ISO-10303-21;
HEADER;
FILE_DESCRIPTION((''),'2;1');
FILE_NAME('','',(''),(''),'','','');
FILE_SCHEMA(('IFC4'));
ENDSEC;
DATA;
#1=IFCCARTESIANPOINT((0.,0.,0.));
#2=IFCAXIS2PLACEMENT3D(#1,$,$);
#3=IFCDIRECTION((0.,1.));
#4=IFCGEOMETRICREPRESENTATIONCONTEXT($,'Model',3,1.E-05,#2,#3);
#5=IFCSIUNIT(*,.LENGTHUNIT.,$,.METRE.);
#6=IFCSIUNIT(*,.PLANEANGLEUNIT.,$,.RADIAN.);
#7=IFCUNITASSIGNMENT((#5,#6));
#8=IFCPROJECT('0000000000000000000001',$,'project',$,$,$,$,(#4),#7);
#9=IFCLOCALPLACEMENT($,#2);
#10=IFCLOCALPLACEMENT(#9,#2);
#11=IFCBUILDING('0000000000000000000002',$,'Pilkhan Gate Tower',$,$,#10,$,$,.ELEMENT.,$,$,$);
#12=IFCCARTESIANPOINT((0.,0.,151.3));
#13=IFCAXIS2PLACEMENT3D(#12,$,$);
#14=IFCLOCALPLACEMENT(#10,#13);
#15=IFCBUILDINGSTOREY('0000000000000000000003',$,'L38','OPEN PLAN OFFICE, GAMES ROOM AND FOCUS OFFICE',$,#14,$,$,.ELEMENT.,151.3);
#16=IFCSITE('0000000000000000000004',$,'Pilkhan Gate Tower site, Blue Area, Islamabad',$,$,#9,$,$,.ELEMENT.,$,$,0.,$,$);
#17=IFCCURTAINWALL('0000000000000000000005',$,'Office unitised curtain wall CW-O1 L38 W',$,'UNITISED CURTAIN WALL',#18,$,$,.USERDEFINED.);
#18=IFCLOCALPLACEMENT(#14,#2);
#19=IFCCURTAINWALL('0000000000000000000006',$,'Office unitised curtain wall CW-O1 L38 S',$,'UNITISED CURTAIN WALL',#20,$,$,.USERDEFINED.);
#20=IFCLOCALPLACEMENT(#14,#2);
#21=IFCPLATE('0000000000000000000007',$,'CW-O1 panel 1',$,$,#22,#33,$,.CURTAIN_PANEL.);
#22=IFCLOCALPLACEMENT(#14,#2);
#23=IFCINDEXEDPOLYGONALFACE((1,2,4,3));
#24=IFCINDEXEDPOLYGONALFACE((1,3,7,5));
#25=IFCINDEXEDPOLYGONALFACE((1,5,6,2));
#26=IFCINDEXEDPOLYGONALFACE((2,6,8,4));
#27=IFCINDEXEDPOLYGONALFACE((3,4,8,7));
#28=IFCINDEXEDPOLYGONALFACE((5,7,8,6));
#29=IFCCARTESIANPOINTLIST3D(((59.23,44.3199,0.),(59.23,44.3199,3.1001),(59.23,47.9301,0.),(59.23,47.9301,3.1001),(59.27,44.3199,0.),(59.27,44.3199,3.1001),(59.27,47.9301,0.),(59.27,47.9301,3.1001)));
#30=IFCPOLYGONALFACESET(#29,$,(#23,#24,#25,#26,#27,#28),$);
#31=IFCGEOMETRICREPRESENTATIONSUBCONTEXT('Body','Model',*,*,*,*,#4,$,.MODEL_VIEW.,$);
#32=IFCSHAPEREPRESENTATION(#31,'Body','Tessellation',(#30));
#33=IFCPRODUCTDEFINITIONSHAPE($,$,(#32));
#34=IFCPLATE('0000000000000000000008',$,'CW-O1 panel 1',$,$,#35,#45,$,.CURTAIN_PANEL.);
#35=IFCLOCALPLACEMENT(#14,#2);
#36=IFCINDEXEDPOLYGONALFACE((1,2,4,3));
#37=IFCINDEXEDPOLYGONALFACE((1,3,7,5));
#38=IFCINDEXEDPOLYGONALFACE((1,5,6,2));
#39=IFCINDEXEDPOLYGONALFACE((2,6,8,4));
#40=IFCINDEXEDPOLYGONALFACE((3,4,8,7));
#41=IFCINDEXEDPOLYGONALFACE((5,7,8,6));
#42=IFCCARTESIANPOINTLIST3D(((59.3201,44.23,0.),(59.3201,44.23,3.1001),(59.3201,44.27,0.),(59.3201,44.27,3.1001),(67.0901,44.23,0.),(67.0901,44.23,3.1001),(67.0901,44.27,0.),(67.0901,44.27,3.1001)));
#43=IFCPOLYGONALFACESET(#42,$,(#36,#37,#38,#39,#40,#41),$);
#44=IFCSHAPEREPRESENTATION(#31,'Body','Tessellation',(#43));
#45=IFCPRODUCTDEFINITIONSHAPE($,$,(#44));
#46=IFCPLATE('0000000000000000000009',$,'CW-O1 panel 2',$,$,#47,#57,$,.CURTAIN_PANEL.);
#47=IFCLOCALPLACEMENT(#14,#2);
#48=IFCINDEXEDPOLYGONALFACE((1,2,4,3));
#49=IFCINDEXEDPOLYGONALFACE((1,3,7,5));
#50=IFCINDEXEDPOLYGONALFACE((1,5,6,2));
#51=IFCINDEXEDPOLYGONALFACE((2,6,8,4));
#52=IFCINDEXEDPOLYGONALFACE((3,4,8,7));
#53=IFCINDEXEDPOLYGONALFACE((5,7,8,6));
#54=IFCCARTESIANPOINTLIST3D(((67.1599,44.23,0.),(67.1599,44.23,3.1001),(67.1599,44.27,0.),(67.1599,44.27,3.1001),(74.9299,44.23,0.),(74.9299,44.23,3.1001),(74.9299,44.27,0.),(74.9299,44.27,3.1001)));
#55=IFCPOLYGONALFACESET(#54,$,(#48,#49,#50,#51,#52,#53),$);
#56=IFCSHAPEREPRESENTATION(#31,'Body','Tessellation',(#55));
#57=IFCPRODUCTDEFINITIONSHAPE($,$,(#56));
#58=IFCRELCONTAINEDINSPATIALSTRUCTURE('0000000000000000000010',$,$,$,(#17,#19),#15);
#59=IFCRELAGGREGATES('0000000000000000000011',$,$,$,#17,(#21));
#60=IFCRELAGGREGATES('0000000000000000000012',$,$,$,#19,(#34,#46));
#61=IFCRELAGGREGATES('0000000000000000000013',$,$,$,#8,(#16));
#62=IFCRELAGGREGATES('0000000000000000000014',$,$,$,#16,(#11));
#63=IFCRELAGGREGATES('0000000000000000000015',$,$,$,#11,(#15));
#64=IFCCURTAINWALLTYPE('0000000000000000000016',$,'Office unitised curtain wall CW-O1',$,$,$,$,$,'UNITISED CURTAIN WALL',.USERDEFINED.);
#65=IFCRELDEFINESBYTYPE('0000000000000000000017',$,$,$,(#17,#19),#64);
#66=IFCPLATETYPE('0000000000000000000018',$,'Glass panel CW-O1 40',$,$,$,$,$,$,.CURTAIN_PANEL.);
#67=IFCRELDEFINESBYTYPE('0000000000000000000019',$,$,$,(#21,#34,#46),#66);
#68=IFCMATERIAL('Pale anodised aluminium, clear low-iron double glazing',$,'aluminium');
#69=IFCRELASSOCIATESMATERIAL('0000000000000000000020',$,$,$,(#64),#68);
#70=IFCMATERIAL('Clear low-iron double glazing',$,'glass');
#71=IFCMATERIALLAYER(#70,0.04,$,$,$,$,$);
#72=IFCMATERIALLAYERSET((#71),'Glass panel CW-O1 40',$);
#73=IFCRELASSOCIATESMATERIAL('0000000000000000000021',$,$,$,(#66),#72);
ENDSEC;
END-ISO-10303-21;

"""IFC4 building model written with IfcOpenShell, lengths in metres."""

from ifc_helpers import new_model, si_unit, direction, frame, origin, origin_2d, place, context, subcontext, project, spatial, rectangle, extrude, material, layer, layer_set, type_object, element, aggregate, save


model = new_model("IFC4")

# Units and contexts
model_context = context("Model", 3, precision=1e-05, world=origin(), true_north=direction((0.0, 1.0)))
body_context = subcontext(model_context, "Body", "Model", "MODEL_VIEW")
ifc_project = project(units=[si_unit("LENGTHUNIT", "METRE"), si_unit("PLANEANGLEUNIT", "RADIAN")], contexts=[model_context])

# Site, building, storey
site_placement = place(None, origin())
site = spatial("IfcSite", under=ifc_project, at=site_placement, Name="Pilkhan Gate Tower site, Blue Area, Islamabad", CompositionType="ELEMENT", RefElevation=0.0)
building_placement = place(site_placement, origin())
building = spatial("IfcBuilding", under=site, at=building_placement, Name="Pilkhan Gate Tower", CompositionType="ELEMENT")
storey_placement = place(building_placement, frame((0.0, 0.0, 151.3)))
storey = spatial("IfcBuildingStorey", under=building, at=storey_placement, Name="L38", Description="OPEN PLAN OFFICE, GAMES ROOM AND FOCUS OFFICE", CompositionType="ELEMENT", Elevation=151.3)

# Shared definitions
ifc_material_1 = material(Name="Pale anodised aluminium, clear low-iron double glazing", Category="aluminium")
curtain_wall_type = type_object("IfcCurtainWallType", Name="Office unitised curtain wall CW-O1", ElementType="UNITISED CURTAIN WALL", PredefinedType="USERDEFINED", material=ifc_material_1)

# Curtain walls
curtain_wall_1_placement = place(storey_placement, origin())
curtain_wall_1 = element("IfcCurtainWall", 1, at=curtain_wall_1_placement, inside=storey, type_object=curtain_wall_type, Name="Office unitised curtain wall CW-O1 L38 W", ObjectType="UNITISED CURTAIN WALL", PredefinedType="USERDEFINED")
curtain_wall_2_placement = place(storey_placement, origin())
curtain_wall_2 = element("IfcCurtainWall", 2, at=curtain_wall_2_placement, inside=storey, type_object=curtain_wall_type, Name="Office unitised curtain wall CW-O1 L38 S", ObjectType="UNITISED CURTAIN WALL", PredefinedType="USERDEFINED")

# Plates
ifc_material_2 = material(Name="Clear low-iron double glazing", Category="glass")
ifc_layer = layer(ifc_material_2, 0.04)
ifc_layer_set = layer_set([ifc_layer], Name="Glass panel CW-O1 40")
plate_type = type_object("IfcPlateType", Name="Glass panel CW-O1 40", PredefinedType="CURTAIN_PANEL", material=ifc_layer_set)
plate_1_placement = place(storey_placement, frame((59.25, 46.125, 0.0), z_axis=(0.0, 0.0, 1.0), x_axis=(0.0, 1.0, 0.0)))
plate_1 = element("IfcPlate", 3, at=plate_1_placement, type_object=plate_type, Name="CW-O1 panel 1", PredefinedType="CURTAIN_PANEL", context=body_context, shape_type="SweptSolid", body=[
    extrude(rectangle(XDim=3.6101, YDim=0.04, at=origin_2d()), origin(), (0.0, 0.0, 1.0), 3.1001),
])
aggregate(curtain_wall_1, [plate_1])
plate_2_placement = place(storey_placement, frame((63.2051, 44.25, 0.0), z_axis=(0.0, 0.0, 1.0), x_axis=(1.0, 0.0, 0.0)))
plate_2 = element("IfcPlate", 4, at=plate_2_placement, type_object=plate_type, Name="CW-O1 panel 1", PredefinedType="CURTAIN_PANEL", context=body_context, shape_type="SweptSolid", body=[
    extrude(rectangle(XDim=7.77, YDim=0.04, at=origin_2d()), origin(), (0.0, 0.0, 1.0), 3.1001),
])
plate_3_placement = place(storey_placement, frame((71.0449, 44.25, 0.0), z_axis=(0.0, 0.0, 1.0), x_axis=(1.0, 0.0, 0.0)))
plate_3 = element("IfcPlate", 5, at=plate_3_placement, type_object=plate_type, Name="CW-O1 panel 2", PredefinedType="CURTAIN_PANEL", context=body_context, shape_type="SweptSolid", body=[
    extrude(rectangle(XDim=7.77, YDim=0.04, at=origin_2d()), origin(), (0.0, 0.0, 1.0), 3.1001),
])
aggregate(curtain_wall_2, [plate_2, plate_3])

save(model, "model.ifc")
